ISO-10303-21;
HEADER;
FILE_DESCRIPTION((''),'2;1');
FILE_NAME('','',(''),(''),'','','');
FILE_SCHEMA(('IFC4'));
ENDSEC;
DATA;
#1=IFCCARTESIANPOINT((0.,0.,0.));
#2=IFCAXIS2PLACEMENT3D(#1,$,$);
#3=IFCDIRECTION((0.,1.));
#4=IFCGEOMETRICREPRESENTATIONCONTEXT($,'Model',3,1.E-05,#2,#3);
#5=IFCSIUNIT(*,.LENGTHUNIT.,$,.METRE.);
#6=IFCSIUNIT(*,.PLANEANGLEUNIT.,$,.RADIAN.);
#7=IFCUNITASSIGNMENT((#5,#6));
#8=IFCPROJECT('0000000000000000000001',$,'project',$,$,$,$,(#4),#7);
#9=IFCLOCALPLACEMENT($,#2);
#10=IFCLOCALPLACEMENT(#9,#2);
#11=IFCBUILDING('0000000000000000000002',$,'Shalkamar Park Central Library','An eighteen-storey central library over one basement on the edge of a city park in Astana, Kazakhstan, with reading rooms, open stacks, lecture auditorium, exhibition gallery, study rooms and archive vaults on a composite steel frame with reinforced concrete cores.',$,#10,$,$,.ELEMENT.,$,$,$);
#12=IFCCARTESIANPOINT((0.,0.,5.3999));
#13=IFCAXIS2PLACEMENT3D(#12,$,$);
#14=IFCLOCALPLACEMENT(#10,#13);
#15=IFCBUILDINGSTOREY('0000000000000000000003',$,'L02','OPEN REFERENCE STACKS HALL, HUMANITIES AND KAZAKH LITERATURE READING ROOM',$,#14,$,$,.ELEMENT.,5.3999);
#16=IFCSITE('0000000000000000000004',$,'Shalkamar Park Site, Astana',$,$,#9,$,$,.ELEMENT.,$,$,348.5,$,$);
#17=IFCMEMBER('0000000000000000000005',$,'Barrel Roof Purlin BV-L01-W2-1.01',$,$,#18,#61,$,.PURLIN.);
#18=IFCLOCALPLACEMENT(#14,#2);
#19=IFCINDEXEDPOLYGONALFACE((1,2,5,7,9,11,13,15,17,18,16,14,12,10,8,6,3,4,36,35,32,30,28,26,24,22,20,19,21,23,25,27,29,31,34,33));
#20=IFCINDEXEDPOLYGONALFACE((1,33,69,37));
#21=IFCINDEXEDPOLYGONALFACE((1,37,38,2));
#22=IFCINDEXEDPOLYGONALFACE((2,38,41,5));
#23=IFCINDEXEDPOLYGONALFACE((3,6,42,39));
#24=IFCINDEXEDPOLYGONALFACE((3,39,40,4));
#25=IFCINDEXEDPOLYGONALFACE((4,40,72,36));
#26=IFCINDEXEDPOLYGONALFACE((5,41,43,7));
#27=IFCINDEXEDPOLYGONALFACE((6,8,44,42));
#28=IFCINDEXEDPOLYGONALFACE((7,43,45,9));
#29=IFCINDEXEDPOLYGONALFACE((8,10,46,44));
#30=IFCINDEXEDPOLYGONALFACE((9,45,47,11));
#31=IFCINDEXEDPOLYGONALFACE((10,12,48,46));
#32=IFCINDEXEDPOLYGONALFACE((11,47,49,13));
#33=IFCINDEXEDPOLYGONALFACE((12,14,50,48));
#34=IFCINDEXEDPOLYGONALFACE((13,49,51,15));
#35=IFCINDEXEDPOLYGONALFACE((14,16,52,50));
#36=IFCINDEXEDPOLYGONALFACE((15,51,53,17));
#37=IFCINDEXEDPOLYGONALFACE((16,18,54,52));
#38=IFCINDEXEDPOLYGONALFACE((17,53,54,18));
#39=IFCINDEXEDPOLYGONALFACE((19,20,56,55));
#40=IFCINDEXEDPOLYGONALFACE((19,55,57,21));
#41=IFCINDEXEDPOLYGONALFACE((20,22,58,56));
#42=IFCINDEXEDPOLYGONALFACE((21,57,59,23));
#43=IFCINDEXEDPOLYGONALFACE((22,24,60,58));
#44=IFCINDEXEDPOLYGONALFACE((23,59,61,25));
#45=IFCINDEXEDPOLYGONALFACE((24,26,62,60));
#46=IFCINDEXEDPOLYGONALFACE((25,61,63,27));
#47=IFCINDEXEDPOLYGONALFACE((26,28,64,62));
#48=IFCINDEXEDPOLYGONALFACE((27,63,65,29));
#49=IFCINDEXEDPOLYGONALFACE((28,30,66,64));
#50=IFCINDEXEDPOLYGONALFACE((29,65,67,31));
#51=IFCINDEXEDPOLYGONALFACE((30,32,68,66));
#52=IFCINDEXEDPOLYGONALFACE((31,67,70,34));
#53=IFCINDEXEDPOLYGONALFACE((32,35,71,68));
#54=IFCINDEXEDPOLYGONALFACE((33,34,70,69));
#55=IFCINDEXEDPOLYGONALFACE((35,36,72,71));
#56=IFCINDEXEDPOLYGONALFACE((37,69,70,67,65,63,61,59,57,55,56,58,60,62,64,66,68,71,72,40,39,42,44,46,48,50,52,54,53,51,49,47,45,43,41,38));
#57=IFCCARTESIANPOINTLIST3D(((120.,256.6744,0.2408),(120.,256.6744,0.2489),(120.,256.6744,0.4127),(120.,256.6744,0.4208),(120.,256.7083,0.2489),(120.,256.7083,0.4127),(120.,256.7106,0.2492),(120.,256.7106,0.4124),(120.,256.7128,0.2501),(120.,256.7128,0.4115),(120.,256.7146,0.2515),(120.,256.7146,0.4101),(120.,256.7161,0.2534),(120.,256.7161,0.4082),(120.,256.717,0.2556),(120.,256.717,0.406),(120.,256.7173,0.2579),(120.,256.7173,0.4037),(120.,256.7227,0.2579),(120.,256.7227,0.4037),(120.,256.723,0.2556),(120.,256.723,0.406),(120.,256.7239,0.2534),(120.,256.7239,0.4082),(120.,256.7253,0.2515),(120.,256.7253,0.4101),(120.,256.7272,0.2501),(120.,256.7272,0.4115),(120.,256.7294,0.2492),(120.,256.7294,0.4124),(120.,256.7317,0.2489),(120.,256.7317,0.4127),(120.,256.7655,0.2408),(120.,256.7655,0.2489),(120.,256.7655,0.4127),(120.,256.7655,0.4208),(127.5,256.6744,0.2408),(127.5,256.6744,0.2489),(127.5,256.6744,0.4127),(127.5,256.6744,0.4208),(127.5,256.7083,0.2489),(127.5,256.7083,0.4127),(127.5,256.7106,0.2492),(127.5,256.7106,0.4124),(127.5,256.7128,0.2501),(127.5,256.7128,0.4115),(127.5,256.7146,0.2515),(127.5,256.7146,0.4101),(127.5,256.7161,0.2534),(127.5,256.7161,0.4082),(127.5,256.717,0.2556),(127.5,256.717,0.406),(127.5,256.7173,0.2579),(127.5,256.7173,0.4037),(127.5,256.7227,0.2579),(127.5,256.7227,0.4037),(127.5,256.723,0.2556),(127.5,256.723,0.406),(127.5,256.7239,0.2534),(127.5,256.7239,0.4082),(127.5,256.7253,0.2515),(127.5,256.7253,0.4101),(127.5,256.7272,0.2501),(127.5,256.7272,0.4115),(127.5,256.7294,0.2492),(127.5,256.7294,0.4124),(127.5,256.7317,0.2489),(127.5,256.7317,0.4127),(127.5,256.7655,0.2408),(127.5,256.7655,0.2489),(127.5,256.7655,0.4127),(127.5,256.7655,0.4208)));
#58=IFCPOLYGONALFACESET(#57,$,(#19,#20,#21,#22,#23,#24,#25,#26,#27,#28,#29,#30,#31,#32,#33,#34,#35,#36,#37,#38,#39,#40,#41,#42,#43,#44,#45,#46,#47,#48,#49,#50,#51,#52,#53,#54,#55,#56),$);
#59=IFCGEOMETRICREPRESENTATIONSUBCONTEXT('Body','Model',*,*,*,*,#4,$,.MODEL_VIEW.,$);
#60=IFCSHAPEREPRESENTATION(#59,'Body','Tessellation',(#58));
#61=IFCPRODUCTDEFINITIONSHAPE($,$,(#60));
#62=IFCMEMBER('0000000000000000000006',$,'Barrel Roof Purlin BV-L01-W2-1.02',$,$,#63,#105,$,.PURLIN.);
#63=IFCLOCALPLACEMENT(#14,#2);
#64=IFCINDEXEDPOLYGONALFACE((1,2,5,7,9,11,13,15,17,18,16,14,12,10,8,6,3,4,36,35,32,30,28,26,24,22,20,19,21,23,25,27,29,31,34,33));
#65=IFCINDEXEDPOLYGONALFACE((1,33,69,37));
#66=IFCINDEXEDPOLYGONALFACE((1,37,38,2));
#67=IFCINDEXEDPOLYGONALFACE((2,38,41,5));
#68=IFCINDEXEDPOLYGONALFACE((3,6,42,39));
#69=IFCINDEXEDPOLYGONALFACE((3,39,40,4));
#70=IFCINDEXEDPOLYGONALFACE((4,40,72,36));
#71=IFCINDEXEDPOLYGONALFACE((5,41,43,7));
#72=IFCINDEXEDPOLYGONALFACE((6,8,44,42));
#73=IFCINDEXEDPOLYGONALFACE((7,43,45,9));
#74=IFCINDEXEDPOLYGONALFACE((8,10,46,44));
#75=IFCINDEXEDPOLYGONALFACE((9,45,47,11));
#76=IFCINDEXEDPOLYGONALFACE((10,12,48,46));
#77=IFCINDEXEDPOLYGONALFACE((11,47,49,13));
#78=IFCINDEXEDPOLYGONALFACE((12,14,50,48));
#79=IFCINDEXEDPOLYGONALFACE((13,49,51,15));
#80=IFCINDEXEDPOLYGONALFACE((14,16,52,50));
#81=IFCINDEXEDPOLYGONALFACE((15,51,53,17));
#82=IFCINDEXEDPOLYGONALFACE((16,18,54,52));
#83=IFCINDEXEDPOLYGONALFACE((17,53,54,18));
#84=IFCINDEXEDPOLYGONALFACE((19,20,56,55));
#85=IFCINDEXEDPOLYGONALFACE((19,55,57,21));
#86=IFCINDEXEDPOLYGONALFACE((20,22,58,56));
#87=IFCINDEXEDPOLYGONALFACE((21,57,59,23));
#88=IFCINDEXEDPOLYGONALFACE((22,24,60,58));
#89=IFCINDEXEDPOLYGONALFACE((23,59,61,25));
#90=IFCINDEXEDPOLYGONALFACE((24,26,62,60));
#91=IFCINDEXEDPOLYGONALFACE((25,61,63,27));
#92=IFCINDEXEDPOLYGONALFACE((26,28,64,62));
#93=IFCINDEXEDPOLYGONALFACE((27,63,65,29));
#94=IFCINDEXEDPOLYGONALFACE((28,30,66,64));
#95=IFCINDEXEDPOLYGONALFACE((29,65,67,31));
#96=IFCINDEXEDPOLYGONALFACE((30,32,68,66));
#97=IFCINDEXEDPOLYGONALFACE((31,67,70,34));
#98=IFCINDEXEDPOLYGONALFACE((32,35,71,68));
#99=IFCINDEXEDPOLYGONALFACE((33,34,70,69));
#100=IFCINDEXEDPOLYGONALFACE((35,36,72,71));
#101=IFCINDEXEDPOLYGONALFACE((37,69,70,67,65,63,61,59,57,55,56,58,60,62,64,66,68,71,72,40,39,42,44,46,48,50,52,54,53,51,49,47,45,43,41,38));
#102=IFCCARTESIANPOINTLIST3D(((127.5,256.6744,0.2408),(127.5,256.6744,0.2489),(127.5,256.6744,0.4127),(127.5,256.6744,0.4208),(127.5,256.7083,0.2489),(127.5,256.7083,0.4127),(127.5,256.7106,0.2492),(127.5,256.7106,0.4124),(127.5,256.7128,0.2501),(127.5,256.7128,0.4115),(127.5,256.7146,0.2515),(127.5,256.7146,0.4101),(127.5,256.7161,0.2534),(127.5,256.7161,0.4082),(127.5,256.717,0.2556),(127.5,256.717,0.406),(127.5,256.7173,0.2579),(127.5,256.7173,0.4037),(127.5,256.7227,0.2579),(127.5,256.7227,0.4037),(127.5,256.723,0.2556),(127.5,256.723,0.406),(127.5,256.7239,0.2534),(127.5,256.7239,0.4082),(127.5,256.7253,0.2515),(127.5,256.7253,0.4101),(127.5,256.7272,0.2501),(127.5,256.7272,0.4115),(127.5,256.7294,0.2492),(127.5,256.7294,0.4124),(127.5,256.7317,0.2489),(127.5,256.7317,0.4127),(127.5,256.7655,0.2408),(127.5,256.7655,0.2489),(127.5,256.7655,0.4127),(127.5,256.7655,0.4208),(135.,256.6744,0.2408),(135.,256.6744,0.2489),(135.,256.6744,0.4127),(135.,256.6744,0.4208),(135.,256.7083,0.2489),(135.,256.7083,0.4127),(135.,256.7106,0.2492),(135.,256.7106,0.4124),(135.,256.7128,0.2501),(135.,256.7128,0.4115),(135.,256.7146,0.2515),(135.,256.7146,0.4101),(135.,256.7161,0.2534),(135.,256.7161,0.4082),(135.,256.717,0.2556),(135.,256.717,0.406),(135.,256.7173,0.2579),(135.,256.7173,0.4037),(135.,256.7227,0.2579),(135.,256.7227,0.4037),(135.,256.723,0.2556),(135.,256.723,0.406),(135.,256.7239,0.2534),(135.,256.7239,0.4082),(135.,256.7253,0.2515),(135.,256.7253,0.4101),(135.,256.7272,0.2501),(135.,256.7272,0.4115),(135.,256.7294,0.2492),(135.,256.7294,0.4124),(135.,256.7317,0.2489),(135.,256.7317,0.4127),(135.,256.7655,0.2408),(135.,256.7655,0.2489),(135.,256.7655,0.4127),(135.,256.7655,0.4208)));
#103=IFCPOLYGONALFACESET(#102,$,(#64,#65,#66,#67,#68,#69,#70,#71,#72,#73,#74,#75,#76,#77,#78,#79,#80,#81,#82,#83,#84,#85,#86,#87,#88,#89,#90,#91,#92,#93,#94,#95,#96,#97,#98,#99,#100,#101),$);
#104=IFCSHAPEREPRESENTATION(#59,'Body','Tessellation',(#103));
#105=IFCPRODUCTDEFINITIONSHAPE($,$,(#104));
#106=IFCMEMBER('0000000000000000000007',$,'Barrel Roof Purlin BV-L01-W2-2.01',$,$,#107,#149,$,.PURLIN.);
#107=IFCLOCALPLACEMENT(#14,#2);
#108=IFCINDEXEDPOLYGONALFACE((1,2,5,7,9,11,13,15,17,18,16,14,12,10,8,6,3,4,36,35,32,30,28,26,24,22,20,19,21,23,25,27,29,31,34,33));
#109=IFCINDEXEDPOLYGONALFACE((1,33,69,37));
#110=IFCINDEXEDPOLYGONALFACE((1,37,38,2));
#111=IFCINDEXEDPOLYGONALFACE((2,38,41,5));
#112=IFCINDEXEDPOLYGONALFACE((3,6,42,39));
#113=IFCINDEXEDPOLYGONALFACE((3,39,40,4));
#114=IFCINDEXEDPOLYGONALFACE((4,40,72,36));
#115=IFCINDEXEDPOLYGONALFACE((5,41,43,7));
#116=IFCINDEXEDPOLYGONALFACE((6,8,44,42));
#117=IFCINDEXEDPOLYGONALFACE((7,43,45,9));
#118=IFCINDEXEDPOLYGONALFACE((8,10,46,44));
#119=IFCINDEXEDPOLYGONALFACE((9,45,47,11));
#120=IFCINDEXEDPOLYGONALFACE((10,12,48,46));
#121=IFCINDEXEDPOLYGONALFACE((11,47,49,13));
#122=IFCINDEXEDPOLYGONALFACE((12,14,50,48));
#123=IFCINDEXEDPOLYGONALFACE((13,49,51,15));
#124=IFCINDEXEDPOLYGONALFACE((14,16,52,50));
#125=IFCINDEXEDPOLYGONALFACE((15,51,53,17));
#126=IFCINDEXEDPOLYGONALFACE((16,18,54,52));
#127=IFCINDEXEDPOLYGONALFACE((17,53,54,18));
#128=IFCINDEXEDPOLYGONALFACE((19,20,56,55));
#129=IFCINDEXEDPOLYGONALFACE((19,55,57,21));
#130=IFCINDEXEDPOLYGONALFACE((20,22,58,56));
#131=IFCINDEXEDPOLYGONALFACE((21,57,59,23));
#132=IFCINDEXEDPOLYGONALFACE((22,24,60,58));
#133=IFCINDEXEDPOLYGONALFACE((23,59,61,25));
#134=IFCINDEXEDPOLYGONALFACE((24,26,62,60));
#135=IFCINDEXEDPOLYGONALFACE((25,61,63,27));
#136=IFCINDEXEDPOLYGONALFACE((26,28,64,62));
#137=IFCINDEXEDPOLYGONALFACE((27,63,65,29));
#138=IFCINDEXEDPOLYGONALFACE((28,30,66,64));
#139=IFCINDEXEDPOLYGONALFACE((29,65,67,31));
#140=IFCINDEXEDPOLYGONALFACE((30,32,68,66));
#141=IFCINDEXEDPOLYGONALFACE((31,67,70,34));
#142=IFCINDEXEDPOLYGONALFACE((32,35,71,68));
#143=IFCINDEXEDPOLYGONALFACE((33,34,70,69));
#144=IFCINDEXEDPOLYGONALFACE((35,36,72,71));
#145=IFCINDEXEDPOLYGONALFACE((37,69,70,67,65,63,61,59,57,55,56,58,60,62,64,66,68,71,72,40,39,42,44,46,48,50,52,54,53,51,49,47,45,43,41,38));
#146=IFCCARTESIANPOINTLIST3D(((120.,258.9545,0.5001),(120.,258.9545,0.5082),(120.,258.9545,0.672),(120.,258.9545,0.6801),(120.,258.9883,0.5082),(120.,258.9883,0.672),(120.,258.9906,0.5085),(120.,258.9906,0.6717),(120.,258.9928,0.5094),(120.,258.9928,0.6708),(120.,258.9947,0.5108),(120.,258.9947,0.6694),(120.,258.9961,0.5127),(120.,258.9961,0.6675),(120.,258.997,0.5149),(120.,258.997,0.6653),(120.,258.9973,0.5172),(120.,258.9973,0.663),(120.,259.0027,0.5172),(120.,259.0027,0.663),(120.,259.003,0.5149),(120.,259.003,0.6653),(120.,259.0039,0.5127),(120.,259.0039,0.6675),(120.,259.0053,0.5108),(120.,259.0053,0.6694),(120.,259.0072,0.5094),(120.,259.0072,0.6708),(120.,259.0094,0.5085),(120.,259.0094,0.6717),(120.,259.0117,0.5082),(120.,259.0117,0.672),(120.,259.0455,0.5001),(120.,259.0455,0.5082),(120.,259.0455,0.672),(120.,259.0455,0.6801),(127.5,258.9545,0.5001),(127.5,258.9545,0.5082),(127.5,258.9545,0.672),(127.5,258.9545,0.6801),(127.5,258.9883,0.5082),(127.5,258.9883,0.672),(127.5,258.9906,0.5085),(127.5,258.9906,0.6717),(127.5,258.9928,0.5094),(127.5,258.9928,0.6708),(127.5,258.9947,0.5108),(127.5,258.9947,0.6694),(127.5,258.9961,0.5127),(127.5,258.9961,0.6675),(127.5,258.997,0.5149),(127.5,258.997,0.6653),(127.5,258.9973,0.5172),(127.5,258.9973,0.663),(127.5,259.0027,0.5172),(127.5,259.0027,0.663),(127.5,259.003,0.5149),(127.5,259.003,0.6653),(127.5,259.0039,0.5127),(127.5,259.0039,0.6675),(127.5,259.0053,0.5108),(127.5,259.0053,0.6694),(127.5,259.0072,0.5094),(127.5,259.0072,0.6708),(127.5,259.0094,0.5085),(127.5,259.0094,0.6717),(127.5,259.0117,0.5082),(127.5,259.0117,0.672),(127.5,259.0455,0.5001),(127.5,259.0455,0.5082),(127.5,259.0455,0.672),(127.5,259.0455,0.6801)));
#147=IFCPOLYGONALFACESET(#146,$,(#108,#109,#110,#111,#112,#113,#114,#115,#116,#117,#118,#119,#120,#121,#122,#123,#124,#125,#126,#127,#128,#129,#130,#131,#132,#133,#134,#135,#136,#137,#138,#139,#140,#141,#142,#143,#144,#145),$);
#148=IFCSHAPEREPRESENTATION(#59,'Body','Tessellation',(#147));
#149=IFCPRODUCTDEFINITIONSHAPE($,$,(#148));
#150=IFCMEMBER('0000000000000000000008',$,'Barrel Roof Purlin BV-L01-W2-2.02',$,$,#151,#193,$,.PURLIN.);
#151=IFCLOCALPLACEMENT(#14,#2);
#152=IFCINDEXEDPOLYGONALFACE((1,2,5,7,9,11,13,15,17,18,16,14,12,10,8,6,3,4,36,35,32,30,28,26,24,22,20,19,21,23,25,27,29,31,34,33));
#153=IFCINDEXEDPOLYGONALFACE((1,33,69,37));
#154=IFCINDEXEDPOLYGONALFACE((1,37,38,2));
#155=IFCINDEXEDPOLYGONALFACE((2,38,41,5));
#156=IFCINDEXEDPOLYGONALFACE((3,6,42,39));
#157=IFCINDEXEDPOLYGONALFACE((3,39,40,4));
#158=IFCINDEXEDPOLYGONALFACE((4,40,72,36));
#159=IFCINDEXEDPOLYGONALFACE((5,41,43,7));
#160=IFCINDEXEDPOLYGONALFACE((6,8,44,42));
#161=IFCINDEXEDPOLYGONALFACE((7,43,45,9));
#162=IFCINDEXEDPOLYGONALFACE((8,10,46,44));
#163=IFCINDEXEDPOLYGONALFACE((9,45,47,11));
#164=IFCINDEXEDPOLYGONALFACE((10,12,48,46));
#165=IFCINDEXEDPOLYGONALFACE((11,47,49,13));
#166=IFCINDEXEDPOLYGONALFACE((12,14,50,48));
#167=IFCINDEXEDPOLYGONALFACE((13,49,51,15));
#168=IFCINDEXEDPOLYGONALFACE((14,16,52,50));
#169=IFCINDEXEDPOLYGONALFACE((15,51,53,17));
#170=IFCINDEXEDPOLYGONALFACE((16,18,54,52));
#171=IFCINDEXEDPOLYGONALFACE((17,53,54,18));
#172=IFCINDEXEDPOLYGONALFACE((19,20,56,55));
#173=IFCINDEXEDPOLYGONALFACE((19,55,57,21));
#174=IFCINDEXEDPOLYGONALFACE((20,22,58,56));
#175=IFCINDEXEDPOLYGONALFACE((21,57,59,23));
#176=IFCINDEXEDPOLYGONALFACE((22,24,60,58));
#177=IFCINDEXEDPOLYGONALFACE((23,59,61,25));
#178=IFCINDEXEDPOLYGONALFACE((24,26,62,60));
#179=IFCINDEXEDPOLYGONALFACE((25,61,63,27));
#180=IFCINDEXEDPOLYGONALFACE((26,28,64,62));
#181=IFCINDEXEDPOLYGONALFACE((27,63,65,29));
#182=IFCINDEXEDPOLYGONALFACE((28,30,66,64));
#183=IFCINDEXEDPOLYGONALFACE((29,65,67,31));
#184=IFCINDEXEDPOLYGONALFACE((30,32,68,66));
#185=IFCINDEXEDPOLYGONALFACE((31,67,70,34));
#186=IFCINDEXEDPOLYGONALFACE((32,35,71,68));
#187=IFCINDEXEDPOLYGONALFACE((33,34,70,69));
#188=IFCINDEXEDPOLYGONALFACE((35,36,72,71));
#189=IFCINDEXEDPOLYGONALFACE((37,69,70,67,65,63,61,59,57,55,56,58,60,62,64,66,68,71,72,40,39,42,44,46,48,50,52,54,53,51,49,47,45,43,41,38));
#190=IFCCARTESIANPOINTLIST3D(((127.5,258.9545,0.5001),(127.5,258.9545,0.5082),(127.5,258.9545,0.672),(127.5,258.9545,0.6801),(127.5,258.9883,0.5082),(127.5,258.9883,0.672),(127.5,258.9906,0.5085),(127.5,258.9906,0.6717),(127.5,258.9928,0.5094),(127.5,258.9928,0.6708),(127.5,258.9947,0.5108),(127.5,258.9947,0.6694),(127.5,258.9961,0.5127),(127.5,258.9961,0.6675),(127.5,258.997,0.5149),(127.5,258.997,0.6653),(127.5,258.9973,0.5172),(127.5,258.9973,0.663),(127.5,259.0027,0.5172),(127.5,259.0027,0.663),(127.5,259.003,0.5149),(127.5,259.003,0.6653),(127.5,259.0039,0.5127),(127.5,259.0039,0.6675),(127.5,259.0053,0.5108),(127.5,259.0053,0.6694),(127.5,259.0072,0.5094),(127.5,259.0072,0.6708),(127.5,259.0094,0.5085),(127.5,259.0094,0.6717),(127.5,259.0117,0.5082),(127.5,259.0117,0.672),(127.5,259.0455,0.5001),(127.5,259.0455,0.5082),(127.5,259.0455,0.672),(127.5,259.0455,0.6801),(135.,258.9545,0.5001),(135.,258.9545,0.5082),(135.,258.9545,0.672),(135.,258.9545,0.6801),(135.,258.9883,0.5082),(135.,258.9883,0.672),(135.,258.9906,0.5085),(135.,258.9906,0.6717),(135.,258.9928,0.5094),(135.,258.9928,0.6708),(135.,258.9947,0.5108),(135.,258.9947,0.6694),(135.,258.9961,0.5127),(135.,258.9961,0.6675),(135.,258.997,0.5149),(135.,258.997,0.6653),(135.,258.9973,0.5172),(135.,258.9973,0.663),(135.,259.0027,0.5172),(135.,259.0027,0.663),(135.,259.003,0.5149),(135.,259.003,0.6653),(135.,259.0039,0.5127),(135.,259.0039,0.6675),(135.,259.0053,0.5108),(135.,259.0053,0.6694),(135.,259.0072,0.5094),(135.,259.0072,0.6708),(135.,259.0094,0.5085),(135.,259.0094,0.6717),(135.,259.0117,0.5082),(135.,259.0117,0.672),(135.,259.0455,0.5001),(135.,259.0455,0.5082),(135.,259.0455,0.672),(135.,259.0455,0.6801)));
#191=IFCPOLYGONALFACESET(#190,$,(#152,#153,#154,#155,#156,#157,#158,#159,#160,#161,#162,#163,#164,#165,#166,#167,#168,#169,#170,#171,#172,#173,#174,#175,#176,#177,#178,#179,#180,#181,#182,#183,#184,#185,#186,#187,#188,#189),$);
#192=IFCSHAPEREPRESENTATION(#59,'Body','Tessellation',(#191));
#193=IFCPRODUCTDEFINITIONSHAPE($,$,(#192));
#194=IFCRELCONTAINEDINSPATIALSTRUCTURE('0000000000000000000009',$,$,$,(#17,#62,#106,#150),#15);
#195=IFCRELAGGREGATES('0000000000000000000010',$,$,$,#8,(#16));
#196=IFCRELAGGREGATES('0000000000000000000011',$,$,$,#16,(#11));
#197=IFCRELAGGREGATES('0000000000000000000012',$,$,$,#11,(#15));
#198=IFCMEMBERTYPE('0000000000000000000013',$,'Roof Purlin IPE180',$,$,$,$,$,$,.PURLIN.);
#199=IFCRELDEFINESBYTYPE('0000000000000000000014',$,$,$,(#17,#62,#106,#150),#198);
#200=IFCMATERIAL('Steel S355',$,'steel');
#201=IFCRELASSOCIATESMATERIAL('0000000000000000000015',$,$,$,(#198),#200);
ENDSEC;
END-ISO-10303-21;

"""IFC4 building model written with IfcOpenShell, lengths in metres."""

from ifc_helpers import new_model, si_unit, direction, frame, origin, origin_2d, place, context, subcontext, project, spatial, i_section, extrude, material, material_profile, profile_set, type_object, element, save


model = new_model("IFC4")

# Units and contexts
model_context = context("Model", 3, precision=1e-05, world=origin(), true_north=direction((0.0, 1.0)))
body_context = subcontext(model_context, "Body", "Model", "MODEL_VIEW")
ifc_project = project(units=[si_unit("LENGTHUNIT", "METRE"), si_unit("PLANEANGLEUNIT", "RADIAN")], contexts=[model_context])

# Site, building, storey
site_placement = place(None, origin())
site = spatial("IfcSite", under=ifc_project, at=site_placement, Name="Shalkamar Park Site, Astana", CompositionType="ELEMENT", RefElevation=348.5)
building_placement = place(site_placement, origin())
building = spatial("IfcBuilding", under=site, at=building_placement, Name="Shalkamar Park Central Library", Description="An eighteen-storey central library over one basement on the edge of a city park in Astana, Kazakhstan, with reading rooms, open stacks, lecture auditorium, exhibition gallery, study rooms and archive vaults on a composite steel frame with reinforced concrete cores.", CompositionType="ELEMENT")
storey_placement = place(building_placement, frame((0.0, 0.0, 5.3999)))
storey = spatial("IfcBuildingStorey", under=building, at=storey_placement, Name="L02", Description="OPEN REFERENCE STACKS HALL, HUMANITIES AND KAZAKH LITERATURE READING ROOM", CompositionType="ELEMENT", Elevation=5.3999)

# Members
ifc_material_1 = material(Name="Steel S355", Category="steel")
ifc_material_profile_1 = material_profile(ifc_material_1, i_section(OverallWidth=0.0911, OverallDepth=0.1799, WebThickness=0.0054, FlangeThickness=0.0081, FilletRadius=0.009, at=origin_2d()), Name="IPE 180")
ifc_profile_set_1 = profile_set([ifc_material_profile_1], Name="Steel S355")
member_type_1 = type_object("IfcMemberType", Name="Roof Purlin IPE180", PredefinedType="PURLIN", material=ifc_profile_set_1)
for number, where, z_axis, x_axis, name in (
    (1, (120.0, 256.72, 0.3308), (1.0, 0.0, 0.0), (0.0, 1.0, 0.0), "Barrel Roof Purlin BV-L01-W2-1.01"),
    (2, (127.5, 256.72, 0.3308), (1.0, 0.0, 0.0), (0.0, 1.0, 0.0), "Barrel Roof Purlin BV-L01-W2-1.02"),
    (3, (120.0, 259.0, 0.5901), (1.0, 0.0, 0.0), (0.0, 1.0, 0.0), "Barrel Roof Purlin BV-L01-W2-2.01"),
    (4, (127.5, 259.0, 0.5901), (1.0, 0.0, 0.0), (0.0, 1.0, 0.0), "Barrel Roof Purlin BV-L01-W2-2.02"),
):
    element("IfcMember", number, at=place(storey_placement, frame(where, z_axis=z_axis, x_axis=x_axis)), inside=storey, type_object=member_type_1, Name=name, PredefinedType="PURLIN", context=body_context, shape_type="SweptSolid", body=[
        extrude(i_section(OverallWidth=0.0911, OverallDepth=0.1799, WebThickness=0.0054, FlangeThickness=0.0081, FilletRadius=0.009, at=origin_2d()), origin(), (0.0, 0.0, 1.0), 7.5),
    ])

save(model, "model.ifc")
